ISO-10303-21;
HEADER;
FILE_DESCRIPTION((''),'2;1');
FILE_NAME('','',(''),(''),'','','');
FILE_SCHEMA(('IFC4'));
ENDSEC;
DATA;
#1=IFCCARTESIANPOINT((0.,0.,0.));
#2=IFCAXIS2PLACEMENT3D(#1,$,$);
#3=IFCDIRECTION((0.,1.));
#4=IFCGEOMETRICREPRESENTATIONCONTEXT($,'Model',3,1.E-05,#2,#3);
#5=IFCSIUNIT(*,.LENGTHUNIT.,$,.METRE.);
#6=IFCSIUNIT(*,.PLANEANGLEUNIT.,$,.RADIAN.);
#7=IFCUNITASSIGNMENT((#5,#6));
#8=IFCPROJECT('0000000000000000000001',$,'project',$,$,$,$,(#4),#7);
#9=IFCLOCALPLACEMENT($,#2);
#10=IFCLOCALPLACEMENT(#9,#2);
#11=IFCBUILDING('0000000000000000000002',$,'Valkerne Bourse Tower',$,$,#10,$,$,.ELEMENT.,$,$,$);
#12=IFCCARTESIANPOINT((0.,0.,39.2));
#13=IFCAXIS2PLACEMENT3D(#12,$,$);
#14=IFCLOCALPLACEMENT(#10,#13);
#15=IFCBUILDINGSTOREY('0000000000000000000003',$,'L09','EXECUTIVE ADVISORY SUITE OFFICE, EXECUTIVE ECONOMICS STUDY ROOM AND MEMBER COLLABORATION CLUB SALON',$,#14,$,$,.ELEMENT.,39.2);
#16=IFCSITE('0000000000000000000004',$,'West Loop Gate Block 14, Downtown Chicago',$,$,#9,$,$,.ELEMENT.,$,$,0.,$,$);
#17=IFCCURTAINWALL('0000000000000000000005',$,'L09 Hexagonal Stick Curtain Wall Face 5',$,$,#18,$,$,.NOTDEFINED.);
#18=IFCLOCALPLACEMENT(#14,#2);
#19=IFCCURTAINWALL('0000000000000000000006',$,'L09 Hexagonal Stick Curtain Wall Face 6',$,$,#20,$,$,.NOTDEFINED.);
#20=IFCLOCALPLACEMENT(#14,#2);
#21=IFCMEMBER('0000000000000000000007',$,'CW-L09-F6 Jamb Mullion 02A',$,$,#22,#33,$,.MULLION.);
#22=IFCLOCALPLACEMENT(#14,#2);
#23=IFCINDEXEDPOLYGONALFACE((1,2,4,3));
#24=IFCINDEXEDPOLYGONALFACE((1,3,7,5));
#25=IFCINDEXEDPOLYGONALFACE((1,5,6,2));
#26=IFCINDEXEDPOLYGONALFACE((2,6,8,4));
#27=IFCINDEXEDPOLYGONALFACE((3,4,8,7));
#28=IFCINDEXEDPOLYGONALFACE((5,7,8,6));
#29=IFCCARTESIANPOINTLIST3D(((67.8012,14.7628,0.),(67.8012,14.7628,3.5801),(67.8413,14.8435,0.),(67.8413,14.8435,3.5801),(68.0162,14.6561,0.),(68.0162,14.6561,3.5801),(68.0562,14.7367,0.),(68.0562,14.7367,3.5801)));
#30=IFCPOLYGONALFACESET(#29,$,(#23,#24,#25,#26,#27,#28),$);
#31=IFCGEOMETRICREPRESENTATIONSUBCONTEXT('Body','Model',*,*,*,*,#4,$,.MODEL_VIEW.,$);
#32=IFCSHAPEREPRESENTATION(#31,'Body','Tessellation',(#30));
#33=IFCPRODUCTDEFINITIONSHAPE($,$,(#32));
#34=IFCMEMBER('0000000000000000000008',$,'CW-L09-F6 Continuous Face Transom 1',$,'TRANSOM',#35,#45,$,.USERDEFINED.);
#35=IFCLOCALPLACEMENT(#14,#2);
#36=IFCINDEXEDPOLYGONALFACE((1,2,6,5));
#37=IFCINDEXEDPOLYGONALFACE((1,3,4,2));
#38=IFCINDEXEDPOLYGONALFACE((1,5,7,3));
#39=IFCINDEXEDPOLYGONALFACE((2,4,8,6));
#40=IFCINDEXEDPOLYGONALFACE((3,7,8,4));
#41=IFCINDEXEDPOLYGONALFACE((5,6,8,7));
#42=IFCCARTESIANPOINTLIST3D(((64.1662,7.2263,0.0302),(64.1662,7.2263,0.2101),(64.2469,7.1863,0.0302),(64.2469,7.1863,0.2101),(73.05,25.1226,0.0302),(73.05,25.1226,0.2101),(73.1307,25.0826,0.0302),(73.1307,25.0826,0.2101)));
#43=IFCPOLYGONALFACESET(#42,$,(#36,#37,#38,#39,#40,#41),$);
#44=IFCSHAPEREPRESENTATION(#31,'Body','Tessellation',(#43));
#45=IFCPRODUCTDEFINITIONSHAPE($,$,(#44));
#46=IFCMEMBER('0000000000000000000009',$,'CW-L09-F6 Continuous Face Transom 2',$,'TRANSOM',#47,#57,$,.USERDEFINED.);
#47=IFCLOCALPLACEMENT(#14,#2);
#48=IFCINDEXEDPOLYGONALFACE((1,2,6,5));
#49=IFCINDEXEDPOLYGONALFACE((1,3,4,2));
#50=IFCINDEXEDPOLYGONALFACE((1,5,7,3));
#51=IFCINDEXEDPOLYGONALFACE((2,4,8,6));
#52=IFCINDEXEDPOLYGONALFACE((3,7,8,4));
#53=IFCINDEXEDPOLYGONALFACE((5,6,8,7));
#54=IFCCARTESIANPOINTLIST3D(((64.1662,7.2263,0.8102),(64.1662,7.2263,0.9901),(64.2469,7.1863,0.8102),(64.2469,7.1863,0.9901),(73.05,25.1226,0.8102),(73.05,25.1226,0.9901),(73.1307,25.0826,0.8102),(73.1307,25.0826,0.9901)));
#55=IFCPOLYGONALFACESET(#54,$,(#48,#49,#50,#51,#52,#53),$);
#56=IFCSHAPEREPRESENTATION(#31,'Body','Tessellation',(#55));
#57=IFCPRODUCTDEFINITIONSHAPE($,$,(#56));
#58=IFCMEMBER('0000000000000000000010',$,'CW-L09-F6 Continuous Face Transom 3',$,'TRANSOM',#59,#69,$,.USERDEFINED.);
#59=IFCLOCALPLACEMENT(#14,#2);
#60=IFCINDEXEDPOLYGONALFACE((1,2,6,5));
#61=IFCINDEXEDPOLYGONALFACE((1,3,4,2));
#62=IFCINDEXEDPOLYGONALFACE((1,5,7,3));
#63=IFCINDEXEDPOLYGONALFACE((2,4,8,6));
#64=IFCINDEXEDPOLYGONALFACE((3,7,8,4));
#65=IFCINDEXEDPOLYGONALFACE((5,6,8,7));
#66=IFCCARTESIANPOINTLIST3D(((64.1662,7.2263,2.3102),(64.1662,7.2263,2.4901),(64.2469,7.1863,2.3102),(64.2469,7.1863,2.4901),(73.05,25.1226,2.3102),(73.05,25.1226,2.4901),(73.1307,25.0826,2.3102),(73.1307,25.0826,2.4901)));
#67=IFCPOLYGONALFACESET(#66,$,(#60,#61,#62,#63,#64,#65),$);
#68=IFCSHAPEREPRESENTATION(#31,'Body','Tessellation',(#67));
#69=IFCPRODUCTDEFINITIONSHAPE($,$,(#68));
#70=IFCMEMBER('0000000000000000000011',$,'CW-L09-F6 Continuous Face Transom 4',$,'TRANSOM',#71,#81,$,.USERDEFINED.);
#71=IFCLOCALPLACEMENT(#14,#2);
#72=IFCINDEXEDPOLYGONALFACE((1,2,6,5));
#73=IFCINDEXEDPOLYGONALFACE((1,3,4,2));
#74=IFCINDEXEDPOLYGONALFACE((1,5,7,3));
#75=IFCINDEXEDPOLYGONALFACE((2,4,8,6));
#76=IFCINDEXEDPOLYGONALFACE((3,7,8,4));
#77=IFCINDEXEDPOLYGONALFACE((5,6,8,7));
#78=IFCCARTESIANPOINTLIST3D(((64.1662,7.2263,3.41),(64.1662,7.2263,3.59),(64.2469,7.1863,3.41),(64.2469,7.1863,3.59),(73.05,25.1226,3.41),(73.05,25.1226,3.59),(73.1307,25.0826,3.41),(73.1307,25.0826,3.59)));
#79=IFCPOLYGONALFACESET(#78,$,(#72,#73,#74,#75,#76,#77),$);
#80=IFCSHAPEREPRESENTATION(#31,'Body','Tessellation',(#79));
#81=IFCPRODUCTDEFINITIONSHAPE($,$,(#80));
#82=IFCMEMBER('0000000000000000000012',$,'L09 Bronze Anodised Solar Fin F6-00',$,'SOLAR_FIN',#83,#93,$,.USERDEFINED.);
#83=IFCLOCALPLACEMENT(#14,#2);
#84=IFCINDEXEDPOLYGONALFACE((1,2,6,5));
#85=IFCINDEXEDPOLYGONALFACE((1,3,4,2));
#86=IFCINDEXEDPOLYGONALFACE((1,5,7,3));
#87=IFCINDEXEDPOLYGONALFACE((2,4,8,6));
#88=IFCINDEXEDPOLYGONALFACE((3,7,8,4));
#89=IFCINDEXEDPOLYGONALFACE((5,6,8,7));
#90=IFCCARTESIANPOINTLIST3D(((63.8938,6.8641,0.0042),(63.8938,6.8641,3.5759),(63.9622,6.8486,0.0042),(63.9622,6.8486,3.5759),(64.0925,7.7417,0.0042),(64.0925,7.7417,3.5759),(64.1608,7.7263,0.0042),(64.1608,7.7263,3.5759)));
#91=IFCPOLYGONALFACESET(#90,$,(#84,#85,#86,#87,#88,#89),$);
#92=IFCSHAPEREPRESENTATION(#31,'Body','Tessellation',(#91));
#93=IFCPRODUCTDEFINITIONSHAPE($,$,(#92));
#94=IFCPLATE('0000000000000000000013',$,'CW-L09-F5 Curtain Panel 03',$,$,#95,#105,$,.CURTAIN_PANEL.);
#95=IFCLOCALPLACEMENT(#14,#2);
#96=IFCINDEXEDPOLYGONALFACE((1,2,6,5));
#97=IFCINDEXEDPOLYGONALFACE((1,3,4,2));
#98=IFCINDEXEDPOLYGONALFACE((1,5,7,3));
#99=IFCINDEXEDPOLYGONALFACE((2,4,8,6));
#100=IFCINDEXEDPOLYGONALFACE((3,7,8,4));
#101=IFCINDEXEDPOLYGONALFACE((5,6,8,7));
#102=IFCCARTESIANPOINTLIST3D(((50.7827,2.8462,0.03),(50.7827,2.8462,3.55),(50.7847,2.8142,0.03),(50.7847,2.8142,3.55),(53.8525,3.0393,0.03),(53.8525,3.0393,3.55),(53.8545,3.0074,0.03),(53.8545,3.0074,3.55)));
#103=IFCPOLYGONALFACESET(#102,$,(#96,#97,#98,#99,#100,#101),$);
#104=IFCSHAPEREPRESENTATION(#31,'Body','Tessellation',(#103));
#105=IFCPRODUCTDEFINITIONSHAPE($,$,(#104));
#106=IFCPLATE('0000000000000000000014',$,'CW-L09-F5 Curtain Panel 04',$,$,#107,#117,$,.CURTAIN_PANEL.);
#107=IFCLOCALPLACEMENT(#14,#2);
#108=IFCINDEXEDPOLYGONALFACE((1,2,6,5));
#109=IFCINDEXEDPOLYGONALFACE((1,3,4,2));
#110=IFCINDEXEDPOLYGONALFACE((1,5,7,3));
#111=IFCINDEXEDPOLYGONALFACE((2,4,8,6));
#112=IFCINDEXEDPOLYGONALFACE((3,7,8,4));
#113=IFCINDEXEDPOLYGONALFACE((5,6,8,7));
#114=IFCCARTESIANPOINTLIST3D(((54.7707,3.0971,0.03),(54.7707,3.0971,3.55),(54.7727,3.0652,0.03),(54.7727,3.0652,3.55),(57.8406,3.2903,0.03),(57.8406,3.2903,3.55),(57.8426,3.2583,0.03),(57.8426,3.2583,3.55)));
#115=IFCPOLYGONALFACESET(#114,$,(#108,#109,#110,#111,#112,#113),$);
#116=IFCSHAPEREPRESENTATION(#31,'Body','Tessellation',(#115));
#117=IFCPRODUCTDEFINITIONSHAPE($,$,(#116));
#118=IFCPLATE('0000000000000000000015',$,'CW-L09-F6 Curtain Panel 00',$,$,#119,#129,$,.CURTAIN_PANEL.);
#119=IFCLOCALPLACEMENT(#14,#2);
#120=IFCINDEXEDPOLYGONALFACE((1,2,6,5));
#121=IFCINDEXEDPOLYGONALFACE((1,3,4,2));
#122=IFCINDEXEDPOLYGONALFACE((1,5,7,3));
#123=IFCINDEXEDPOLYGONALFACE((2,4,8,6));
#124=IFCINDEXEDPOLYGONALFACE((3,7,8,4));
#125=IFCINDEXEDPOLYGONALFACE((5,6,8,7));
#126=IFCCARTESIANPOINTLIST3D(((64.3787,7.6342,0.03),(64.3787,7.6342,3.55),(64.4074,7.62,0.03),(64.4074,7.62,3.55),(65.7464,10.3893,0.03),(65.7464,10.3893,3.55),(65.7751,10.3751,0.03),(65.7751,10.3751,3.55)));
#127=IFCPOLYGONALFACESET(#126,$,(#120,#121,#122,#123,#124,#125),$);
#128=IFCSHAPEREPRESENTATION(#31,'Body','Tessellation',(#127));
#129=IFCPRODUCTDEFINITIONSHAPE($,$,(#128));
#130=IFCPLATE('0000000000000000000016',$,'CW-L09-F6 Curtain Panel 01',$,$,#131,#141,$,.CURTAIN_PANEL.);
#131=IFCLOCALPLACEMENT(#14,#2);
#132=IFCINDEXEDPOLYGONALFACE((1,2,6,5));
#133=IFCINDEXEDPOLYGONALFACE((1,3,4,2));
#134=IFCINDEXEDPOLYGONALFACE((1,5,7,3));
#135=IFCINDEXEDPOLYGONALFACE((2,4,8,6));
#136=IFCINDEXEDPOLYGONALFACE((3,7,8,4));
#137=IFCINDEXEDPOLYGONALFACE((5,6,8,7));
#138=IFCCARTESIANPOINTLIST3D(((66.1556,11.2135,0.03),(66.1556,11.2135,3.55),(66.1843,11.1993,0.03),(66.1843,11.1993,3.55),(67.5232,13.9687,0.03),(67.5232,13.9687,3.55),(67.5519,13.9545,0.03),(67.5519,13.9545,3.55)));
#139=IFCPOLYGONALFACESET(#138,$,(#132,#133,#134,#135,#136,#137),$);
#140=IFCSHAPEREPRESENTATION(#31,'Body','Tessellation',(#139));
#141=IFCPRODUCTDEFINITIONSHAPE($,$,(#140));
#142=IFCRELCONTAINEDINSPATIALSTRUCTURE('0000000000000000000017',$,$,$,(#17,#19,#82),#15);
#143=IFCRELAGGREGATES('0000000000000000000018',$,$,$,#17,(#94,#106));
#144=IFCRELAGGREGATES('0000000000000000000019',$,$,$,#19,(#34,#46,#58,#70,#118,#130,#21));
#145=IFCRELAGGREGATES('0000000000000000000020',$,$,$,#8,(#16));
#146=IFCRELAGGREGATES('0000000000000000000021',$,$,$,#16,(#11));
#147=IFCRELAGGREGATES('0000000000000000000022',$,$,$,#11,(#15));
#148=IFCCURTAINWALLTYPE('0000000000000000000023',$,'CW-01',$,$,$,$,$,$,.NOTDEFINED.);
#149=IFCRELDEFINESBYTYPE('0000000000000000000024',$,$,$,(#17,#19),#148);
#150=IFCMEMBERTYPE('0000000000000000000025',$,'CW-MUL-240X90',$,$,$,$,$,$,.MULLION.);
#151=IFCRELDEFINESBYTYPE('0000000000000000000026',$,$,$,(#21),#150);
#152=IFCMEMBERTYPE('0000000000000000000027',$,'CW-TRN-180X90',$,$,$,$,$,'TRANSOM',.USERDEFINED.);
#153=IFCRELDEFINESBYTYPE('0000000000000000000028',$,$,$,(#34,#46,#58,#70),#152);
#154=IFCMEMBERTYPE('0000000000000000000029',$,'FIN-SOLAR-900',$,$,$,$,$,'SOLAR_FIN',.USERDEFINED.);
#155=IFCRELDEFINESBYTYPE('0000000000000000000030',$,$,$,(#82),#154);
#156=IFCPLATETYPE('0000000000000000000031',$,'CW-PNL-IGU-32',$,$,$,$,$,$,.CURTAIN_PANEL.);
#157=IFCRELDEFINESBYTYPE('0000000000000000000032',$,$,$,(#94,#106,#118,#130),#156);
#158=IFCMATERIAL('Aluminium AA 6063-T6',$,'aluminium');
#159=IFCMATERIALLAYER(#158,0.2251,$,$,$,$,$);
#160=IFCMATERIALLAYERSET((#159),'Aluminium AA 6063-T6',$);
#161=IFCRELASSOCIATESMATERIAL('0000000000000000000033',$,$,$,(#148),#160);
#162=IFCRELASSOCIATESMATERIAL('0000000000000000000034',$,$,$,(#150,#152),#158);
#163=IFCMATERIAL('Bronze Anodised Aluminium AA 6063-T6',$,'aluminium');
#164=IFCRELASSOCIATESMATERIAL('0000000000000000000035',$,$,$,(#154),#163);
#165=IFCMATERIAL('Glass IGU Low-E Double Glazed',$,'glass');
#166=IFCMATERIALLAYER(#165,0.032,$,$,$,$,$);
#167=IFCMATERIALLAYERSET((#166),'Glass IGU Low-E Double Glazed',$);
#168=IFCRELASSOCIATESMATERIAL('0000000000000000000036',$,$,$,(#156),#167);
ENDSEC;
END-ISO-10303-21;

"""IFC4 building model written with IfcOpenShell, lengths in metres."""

from ifc_helpers import new_model, si_unit, direction, frame, origin, origin_2d, place, context, subcontext, project, spatial, rectangle, extrude, material, layer, layer_set, material_profile, profile_set, type_object, element, aggregate, save


model = new_model("IFC4")

# Units and contexts
model_context = context("Model", 3, precision=1e-05, world=origin(), true_north=direction((0.0, 1.0)))
body_context = subcontext(model_context, "Body", "Model", "MODEL_VIEW")
ifc_project = project(units=[si_unit("LENGTHUNIT", "METRE"), si_unit("PLANEANGLEUNIT", "RADIAN")], contexts=[model_context])

# Site, building, storey
site_placement = place(None, origin())
site = spatial("IfcSite", under=ifc_project, at=site_placement, Name="West Loop Gate Block 14, Downtown Chicago", CompositionType="ELEMENT", RefElevation=0.0)
building_placement = place(site_placement, origin())
building = spatial("IfcBuilding", under=site, at=building_placement, Name="Valkerne Bourse Tower", CompositionType="ELEMENT")
storey_placement = place(building_placement, frame((0.0, 0.0, 39.2)))
storey = spatial("IfcBuildingStorey", under=building, at=storey_placement, Name="L09", Description="EXECUTIVE ADVISORY SUITE OFFICE, EXECUTIVE ECONOMICS STUDY ROOM AND MEMBER COLLABORATION CLUB SALON", CompositionType="ELEMENT", Elevation=39.2)

# Curtain walls, members
ifc_material_1 = material(Name="Aluminium AA 6063-T6", Category="aluminium")
ifc_layer_1 = layer(ifc_material_1, 0.2251)
ifc_layer_set_1 = layer_set([ifc_layer_1], Name="Aluminium AA 6063-T6")
curtain_wall_type = type_object("IfcCurtainWallType", Name="CW-01", PredefinedType="NOTDEFINED", material=ifc_layer_set_1)
curtain_wall_1_placement = place(storey_placement, origin())
curtain_wall_1 = element("IfcCurtainWall", 1, at=curtain_wall_1_placement, inside=storey, type_object=curtain_wall_type, Name="L09 Hexagonal Stick Curtain Wall Face 5", PredefinedType="NOTDEFINED")
ifc_material_profile_1 = material_profile(ifc_material_1, rectangle(XDim=0.0901, YDim=0.24, at=origin_2d()), Name="CWM-90X240")
ifc_profile_set_1 = profile_set([ifc_material_profile_1], Name="Aluminium AA 6063-T6")
member_type_1 = type_object("IfcMemberType", Name="CW-MUL-240X90", PredefinedType="MULLION", material=ifc_profile_set_1)
curtain_wall_2_placement = place(storey_placement, origin())
curtain_wall_2 = element("IfcCurtainWall", 2, at=curtain_wall_2_placement, inside=storey, type_object=curtain_wall_type, Name="L09 Hexagonal Stick Curtain Wall Face 6", PredefinedType="NOTDEFINED")
member_1_placement = place(storey_placement, frame((67.9287, 14.7498, 0.0), z_axis=(0.0, 0.0, 1.0), x_axis=(0.444639, 0.89571, 0.0)))
member_1 = element("IfcMember", 3, at=member_1_placement, type_object=member_type_1, Name="CW-L09-F6 Jamb Mullion 02A", PredefinedType="MULLION", context=body_context, shape_type="SweptSolid", body=[
    extrude(rectangle(XDim=0.0901, YDim=0.24, at=origin_2d()), origin(), (0.0, 0.0, 1.0), 3.5801),
])
ifc_material_profile_2 = material_profile(ifc_material_1, rectangle(XDim=0.0901, YDim=0.1799, at=origin_2d()), Name="CWT-90X180")
ifc_profile_set_2 = profile_set([ifc_material_profile_2], Name="Aluminium AA 6063-T6")
member_type_2 = type_object("IfcMemberType", Name="CW-TRN-180X90", ElementType="TRANSOM", PredefinedType="USERDEFINED", material=ifc_profile_set_2)
member_2_placement = place(storey_placement, frame((64.2065, 7.2063, 0.1201), z_axis=(0.444636, 0.895711, 0.0), x_axis=(-0.895711, 0.444636, 0.0)))
member_2 = element("IfcMember", 4, at=member_2_placement, type_object=member_type_2, Name="CW-L09-F6 Continuous Face Transom 1", ObjectType="TRANSOM", PredefinedType="USERDEFINED", context=body_context, shape_type="SweptSolid", body=[
    extrude(rectangle(XDim=0.0901, YDim=0.1799, at=origin_2d()), origin(), (0.0, 0.0, 1.0), 19.98),
])
member_3_placement = place(storey_placement, frame((64.2065, 7.2063, 0.9001), z_axis=(0.444636, 0.895711, 0.0), x_axis=(-0.895711, 0.444636, 0.0)))
member_3 = element("IfcMember", 5, at=member_3_placement, type_object=member_type_2, Name="CW-L09-F6 Continuous Face Transom 2", ObjectType="TRANSOM", PredefinedType="USERDEFINED", context=body_context, shape_type="SweptSolid", body=[
    extrude(rectangle(XDim=0.0901, YDim=0.1799, at=origin_2d()), origin(), (0.0, 0.0, 1.0), 19.98),
])
member_4_placement = place(storey_placement, frame((64.2065, 7.2063, 2.4001), z_axis=(0.444636, 0.895711, 0.0), x_axis=(-0.895711, 0.444636, 0.0)))
member_4 = element("IfcMember", 6, at=member_4_placement, type_object=member_type_2, Name="CW-L09-F6 Continuous Face Transom 3", ObjectType="TRANSOM", PredefinedType="USERDEFINED", context=body_context, shape_type="SweptSolid", body=[
    extrude(rectangle(XDim=0.0901, YDim=0.1799, at=origin_2d()), origin(), (0.0, 0.0, 1.0), 19.98),
])
member_5_placement = place(storey_placement, frame((64.2065, 7.2063, 3.5), z_axis=(0.444636, 0.895711, 0.0), x_axis=(-0.895711, 0.444636, 0.0)))
member_5 = element("IfcMember", 7, at=member_5_placement, type_object=member_type_2, Name="CW-L09-F6 Continuous Face Transom 4", ObjectType="TRANSOM", PredefinedType="USERDEFINED", context=body_context, shape_type="SweptSolid", body=[
    extrude(rectangle(XDim=0.0901, YDim=0.1799, at=origin_2d()), origin(), (0.0, 0.0, 1.0), 19.98),
])

# Member
ifc_material_2 = material(Name="Bronze Anodised Aluminium AA 6063-T6", Category="aluminium")
ifc_material_profile_3 = material_profile(ifc_material_2, rectangle(XDim=0.0701, YDim=0.8999, at=origin_2d()), Name="FIN-70X900")
ifc_profile_set_3 = profile_set([ifc_material_profile_3], Name="Bronze Anodised Aluminium AA 6063-T6")
member_type_3 = type_object("IfcMemberType", Name="FIN-SOLAR-900", ElementType="SOLAR_FIN", PredefinedType="USERDEFINED", material=ifc_profile_set_3)
member_6_placement = place(storey_placement, frame((64.0273, 7.2952, 0.0042), z_axis=(0.0, 0.0, 1.0), x_axis=(0.975326, -0.22077, 0.0)))
element("IfcMember", 8, at=member_6_placement, inside=storey, type_object=member_type_3, Name="L09 Bronze Anodised Solar Fin F6-00", ObjectType="SOLAR_FIN", PredefinedType="USERDEFINED", context=body_context, shape_type="SweptSolid", body=[
    extrude(rectangle(XDim=0.0701, YDim=0.8999, at=origin_2d()), origin(), (0.0, 0.0, 1.0), 3.5718),
])

# Plates
ifc_material_3 = material(Name="Glass IGU Low-E Double Glazed", Category="glass")
ifc_layer_2 = layer(ifc_material_3, 0.032)
ifc_layer_set_2 = layer_set([ifc_layer_2], Name="Glass IGU Low-E Double Glazed")
plate_type = type_object("IfcPlateType", Name="CW-PNL-IGU-32", PredefinedType="CURTAIN_PANEL", material=ifc_layer_set_2)
plate_1_placement = place(storey_placement, frame((52.3186, 2.9268, 0.03), z_axis=(0.0, 0.0, 1.0), x_axis=(0.998027, 0.062788, 0.0)))
plate_1 = element("IfcPlate", 9, at=plate_1_placement, type_object=plate_type, Name="CW-L09-F5 Curtain Panel 03", PredefinedType="CURTAIN_PANEL", context=body_context, shape_type="SweptSolid", body=[
    extrude(rectangle(XDim=3.0759, YDim=0.032, at=origin_2d()), origin(), (0.0, 0.0, 1.0), 3.52),
])
plate_2_placement = place(storey_placement, frame((56.3066, 3.1777, 0.03), z_axis=(0.0, 0.0, 1.0), x_axis=(0.998027, 0.062788, 0.0)))
plate_2 = element("IfcPlate", 10, at=plate_2_placement, type_object=plate_type, Name="CW-L09-F5 Curtain Panel 04", PredefinedType="CURTAIN_PANEL", context=body_context, shape_type="SweptSolid", body=[
    extrude(rectangle(XDim=3.0759, YDim=0.032, at=origin_2d()), origin(), (0.0, 0.0, 1.0), 3.52),
])
aggregate(curtain_wall_1, [plate_1, plate_2])
plate_3_placement = place(storey_placement, frame((65.0769, 9.0046, 0.03), z_axis=(0.0, 0.0, 1.0), x_axis=(0.444649, 0.895705, 0.0)))
plate_3 = element("IfcPlate", 11, at=plate_3_placement, type_object=plate_type, Name="CW-L09-F6 Curtain Panel 00", PredefinedType="CURTAIN_PANEL", context=body_context, shape_type="SweptSolid", body=[
    extrude(rectangle(XDim=3.0759, YDim=0.032, at=origin_2d()), origin(), (0.0, 0.0, 1.0), 3.52),
])
plate_4_placement = place(storey_placement, frame((66.8538, 12.584, 0.03), z_axis=(0.0, 0.0, 1.0), x_axis=(0.444619, 0.89572, 0.0)))
plate_4 = element("IfcPlate", 12, at=plate_4_placement, type_object=plate_type, Name="CW-L09-F6 Curtain Panel 01", PredefinedType="CURTAIN_PANEL", context=body_context, shape_type="SweptSolid", body=[
    extrude(rectangle(XDim=3.0759, YDim=0.032, at=origin_2d()), origin(), (0.0, 0.0, 1.0), 3.52),
])
aggregate(curtain_wall_2, [member_2, member_3, member_4, member_5, plate_3, plate_4, member_1])

save(model, "model.ifc")
